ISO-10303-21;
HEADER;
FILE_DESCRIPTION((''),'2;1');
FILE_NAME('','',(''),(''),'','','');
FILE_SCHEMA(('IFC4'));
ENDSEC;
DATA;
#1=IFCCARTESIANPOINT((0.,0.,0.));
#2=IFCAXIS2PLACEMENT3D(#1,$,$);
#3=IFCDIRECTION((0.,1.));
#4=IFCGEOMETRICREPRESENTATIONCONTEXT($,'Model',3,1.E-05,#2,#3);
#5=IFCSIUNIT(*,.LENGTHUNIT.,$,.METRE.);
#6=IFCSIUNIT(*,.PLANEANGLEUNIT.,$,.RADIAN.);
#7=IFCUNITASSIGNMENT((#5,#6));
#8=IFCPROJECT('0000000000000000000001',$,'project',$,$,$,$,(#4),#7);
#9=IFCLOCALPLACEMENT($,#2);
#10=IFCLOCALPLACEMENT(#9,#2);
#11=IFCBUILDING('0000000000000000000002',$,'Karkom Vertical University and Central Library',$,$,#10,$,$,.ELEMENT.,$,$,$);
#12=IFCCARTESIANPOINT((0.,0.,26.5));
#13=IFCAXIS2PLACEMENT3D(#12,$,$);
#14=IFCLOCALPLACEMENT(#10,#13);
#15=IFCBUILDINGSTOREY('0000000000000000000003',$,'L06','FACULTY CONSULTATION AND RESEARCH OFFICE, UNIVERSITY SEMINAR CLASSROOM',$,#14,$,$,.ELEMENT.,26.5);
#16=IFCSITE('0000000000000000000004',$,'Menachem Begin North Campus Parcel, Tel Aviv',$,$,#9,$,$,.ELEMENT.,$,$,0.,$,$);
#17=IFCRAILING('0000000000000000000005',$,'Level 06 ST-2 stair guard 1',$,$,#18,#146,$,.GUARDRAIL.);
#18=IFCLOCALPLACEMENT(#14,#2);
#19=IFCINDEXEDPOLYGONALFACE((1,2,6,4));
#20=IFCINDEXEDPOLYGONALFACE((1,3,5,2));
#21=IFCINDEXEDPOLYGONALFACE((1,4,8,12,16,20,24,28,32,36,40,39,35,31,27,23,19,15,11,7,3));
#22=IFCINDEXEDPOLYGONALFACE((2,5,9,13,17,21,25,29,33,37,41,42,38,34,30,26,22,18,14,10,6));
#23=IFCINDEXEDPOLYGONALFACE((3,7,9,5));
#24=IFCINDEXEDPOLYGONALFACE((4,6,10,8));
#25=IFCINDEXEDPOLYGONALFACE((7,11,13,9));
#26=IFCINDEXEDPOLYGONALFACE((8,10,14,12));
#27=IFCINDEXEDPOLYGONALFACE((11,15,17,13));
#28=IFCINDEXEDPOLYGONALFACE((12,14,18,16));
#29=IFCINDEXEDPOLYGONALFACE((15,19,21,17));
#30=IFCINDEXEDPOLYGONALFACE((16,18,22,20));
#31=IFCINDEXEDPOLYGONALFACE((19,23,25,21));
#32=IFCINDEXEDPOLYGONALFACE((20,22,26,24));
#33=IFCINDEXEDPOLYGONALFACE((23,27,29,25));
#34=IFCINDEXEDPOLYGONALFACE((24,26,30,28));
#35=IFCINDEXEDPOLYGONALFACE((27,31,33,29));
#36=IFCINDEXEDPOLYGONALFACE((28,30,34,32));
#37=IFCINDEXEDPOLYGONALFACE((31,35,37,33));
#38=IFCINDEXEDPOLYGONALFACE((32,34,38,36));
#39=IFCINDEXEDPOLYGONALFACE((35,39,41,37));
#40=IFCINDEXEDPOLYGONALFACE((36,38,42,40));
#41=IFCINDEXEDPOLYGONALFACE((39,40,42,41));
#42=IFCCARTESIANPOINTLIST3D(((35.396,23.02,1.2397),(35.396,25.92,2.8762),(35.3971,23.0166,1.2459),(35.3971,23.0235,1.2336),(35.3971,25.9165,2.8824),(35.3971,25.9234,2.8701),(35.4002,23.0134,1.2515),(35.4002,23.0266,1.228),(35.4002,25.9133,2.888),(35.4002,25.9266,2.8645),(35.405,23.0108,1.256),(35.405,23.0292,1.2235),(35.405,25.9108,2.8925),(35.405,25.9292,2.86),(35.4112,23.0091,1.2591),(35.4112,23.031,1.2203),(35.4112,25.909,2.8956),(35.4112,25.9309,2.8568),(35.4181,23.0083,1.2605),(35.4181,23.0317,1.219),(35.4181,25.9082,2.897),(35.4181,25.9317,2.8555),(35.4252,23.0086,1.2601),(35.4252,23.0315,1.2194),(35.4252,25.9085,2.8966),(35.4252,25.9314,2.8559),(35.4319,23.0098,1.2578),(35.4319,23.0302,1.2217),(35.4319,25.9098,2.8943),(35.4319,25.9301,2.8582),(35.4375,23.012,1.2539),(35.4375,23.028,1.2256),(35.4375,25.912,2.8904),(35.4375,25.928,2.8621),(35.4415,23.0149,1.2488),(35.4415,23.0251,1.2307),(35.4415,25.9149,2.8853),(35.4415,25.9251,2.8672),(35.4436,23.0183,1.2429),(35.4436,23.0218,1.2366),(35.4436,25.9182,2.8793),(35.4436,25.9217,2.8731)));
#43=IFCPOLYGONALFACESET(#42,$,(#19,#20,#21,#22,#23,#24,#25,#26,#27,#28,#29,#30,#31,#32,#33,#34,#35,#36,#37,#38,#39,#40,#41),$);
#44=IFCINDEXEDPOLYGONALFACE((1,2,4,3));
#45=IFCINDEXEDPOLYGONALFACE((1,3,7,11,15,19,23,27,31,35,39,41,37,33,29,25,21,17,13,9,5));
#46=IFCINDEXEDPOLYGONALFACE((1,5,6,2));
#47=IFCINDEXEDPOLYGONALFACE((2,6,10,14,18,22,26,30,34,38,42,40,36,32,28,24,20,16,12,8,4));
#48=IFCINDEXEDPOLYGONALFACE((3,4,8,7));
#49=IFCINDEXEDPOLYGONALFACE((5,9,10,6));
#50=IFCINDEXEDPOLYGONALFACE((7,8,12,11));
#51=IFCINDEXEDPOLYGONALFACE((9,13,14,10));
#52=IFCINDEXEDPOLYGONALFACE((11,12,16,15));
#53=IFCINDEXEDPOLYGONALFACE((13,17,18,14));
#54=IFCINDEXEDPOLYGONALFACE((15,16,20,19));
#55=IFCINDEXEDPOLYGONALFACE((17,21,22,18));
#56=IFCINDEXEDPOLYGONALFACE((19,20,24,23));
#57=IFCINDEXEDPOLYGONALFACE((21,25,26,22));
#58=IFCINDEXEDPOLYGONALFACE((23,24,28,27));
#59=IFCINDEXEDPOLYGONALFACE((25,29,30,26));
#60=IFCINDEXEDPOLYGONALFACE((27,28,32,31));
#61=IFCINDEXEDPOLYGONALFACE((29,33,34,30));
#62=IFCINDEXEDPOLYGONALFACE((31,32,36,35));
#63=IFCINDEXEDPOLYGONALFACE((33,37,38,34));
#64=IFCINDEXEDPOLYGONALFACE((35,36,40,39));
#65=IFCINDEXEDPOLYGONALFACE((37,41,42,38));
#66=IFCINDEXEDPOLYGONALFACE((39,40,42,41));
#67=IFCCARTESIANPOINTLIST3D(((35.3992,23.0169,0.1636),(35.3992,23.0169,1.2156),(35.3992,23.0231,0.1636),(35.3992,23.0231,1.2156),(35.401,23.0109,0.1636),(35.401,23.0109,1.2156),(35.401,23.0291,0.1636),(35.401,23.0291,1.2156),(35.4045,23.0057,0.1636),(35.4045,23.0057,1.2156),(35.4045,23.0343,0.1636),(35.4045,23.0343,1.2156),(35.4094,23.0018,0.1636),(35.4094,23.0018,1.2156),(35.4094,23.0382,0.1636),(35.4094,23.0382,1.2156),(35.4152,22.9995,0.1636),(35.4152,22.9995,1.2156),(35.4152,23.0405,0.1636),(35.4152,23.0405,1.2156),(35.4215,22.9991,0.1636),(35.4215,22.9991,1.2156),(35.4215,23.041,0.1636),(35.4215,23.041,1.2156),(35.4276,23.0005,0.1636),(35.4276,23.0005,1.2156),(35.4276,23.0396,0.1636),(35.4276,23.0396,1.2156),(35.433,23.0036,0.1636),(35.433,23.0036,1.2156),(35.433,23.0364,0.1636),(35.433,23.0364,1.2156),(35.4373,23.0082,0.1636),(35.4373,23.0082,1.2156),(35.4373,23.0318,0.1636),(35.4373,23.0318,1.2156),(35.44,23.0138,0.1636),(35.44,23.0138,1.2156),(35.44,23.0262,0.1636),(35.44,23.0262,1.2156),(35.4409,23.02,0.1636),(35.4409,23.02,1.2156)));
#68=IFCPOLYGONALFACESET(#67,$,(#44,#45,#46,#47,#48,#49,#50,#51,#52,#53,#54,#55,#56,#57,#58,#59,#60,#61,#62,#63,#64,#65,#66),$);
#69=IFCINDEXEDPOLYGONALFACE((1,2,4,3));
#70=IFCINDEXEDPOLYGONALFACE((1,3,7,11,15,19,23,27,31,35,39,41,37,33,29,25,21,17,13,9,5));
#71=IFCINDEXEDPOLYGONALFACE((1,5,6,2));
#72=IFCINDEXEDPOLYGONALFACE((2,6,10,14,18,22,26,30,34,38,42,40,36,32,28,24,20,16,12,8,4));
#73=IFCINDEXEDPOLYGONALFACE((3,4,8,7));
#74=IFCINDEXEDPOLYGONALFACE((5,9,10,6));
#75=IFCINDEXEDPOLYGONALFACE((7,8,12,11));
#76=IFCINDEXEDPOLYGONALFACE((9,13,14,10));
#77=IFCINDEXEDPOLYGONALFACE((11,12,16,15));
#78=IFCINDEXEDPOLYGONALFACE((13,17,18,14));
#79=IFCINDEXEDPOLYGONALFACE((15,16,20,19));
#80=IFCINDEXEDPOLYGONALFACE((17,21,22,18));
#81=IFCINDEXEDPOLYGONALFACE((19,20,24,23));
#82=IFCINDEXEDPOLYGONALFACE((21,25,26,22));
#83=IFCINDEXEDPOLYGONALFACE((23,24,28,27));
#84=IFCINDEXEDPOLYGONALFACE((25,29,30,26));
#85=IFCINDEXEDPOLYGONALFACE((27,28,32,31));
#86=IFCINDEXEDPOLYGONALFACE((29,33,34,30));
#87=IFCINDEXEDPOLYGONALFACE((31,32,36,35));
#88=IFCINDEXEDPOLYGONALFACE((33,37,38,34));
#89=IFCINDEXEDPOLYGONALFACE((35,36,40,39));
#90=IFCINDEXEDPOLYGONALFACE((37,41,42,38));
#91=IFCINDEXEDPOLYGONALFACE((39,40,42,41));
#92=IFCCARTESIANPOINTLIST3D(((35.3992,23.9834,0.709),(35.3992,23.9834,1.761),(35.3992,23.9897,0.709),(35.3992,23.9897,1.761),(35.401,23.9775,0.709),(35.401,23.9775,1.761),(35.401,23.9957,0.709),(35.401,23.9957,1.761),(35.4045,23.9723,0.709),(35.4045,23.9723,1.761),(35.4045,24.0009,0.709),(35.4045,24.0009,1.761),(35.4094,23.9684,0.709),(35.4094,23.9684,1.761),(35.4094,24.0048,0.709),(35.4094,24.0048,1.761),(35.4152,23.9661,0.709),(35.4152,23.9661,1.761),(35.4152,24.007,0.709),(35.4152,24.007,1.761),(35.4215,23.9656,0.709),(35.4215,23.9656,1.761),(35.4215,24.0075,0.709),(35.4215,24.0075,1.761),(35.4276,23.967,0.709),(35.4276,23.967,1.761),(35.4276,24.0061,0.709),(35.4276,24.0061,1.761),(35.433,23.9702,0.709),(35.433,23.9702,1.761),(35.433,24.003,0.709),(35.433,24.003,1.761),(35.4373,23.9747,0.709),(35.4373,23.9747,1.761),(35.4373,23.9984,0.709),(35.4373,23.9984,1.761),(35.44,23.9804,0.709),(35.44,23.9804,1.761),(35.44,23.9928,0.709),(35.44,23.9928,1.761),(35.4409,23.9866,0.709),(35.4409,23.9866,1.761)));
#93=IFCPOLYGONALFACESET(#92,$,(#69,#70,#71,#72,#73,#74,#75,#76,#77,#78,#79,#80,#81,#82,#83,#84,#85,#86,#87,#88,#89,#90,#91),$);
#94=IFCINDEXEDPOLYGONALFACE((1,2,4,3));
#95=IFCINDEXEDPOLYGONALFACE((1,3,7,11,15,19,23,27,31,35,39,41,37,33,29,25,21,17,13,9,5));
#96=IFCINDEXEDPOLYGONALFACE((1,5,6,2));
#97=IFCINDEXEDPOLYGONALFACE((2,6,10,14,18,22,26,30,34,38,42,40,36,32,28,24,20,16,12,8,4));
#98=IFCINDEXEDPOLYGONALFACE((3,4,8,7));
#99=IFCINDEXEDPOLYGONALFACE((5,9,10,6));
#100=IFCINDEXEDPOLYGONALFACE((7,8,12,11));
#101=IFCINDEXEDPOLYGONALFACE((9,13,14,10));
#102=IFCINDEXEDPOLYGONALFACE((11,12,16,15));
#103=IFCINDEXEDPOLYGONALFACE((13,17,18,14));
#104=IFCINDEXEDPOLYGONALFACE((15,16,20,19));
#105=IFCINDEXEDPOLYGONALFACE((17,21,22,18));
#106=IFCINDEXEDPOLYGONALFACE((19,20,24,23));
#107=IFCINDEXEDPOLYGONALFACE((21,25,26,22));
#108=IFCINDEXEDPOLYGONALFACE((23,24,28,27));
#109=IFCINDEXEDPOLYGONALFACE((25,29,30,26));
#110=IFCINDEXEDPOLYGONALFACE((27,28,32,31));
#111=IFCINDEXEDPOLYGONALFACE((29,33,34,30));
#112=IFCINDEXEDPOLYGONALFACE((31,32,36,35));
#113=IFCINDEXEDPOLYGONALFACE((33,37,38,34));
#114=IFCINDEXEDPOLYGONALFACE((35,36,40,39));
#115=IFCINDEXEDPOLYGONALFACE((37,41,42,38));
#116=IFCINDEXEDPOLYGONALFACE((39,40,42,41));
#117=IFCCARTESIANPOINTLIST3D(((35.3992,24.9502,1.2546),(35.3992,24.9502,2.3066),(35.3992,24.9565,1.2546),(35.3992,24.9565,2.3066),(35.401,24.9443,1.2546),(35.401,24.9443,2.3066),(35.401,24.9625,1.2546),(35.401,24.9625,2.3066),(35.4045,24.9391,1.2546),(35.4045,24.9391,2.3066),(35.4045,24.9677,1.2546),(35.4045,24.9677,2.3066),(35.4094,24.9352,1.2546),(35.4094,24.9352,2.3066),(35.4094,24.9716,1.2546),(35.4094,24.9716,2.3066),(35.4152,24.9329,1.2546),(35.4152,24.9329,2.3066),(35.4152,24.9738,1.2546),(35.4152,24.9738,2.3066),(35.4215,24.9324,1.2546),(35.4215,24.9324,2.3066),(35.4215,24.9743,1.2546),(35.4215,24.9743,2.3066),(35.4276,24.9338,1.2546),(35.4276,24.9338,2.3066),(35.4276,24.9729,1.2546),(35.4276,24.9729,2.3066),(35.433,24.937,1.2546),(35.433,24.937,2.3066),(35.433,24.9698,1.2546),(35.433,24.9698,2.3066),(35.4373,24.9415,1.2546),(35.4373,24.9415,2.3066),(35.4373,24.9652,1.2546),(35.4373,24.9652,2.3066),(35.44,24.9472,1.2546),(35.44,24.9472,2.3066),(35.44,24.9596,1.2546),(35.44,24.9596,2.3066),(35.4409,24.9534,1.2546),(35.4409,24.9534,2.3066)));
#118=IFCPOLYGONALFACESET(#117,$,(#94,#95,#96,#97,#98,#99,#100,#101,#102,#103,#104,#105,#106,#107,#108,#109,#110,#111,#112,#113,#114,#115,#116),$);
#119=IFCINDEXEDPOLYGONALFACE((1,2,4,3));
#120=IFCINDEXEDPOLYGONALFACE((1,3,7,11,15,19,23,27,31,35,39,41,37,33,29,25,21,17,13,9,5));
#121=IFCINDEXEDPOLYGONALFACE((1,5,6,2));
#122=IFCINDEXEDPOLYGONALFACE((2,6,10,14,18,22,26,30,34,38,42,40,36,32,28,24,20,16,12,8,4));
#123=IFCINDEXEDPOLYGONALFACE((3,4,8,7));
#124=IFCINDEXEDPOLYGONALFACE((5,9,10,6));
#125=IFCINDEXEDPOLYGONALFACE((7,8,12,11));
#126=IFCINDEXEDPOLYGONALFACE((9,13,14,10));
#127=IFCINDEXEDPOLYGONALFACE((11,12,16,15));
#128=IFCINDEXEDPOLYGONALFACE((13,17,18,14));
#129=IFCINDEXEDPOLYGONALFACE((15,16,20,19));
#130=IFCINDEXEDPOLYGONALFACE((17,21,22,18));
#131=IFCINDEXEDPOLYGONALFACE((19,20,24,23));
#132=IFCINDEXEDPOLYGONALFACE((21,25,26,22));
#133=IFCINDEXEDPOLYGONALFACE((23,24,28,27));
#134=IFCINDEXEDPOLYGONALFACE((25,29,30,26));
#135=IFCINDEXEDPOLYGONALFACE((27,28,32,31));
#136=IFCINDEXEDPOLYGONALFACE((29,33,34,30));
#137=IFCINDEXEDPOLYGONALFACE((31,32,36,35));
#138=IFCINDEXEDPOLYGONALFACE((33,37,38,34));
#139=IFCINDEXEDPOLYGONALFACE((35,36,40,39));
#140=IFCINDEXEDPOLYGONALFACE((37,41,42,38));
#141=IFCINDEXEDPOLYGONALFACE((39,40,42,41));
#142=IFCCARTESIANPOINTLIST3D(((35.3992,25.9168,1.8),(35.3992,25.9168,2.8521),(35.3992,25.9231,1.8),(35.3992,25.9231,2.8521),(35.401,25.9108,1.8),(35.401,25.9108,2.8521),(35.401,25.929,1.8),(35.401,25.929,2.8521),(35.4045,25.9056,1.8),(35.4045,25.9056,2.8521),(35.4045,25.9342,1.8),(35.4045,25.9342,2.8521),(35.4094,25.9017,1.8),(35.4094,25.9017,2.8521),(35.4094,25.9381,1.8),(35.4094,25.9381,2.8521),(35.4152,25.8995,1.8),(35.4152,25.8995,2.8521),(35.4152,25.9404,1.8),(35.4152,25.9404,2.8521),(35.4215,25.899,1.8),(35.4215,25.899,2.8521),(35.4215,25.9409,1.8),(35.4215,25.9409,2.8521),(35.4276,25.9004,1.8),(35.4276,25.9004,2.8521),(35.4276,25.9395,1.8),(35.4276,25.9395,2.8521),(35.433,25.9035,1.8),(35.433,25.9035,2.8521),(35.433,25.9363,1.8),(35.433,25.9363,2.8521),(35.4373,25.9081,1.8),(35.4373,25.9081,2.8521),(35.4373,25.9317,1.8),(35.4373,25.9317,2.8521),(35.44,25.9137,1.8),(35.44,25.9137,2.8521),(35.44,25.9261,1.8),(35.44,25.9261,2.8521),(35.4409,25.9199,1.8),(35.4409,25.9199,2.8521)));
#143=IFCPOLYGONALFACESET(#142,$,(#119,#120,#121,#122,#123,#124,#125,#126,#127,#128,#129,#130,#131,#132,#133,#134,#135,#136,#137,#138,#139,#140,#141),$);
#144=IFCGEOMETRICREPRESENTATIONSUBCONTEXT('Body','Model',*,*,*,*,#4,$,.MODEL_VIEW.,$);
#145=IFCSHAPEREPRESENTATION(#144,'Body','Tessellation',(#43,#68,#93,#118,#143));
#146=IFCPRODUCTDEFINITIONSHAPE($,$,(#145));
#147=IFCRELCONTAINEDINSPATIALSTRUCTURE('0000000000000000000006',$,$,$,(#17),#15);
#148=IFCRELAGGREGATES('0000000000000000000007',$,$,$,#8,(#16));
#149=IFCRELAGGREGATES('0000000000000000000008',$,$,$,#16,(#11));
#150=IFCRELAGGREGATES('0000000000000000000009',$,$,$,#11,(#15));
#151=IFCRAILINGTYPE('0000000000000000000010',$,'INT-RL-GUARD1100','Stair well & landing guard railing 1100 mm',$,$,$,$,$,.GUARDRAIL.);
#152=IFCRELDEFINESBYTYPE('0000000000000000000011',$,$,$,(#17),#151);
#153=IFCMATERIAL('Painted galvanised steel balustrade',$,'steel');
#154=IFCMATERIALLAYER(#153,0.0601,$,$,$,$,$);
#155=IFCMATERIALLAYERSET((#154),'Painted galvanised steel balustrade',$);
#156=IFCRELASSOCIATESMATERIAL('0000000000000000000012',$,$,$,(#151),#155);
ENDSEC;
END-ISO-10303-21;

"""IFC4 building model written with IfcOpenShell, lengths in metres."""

from ifc_helpers import new_model, si_unit, direction, frame, origin, origin_2d, place, context, subcontext, project, spatial, circle, extrude, material, layer, layer_set, type_object, element, save


model = new_model("IFC4")

# Units and contexts
model_context = context("Model", 3, precision=1e-05, world=origin(), true_north=direction((0.0, 1.0)))
body_context = subcontext(model_context, "Body", "Model", "MODEL_VIEW")
ifc_project = project(units=[si_unit("LENGTHUNIT", "METRE"), si_unit("PLANEANGLEUNIT", "RADIAN")], contexts=[model_context])

# Site, building, storey
site_placement = place(None, origin())
site = spatial("IfcSite", under=ifc_project, at=site_placement, Name="Menachem Begin North Campus Parcel, Tel Aviv", CompositionType="ELEMENT", RefElevation=0.0)
building_placement = place(site_placement, origin())
building = spatial("IfcBuilding", under=site, at=building_placement, Name="Karkom Vertical University and Central Library", CompositionType="ELEMENT")
storey_placement = place(building_placement, frame((0.0, 0.0, 26.5)))
storey = spatial("IfcBuildingStorey", under=building, at=storey_placement, Name="L06", Description="FACULTY CONSULTATION AND RESEARCH OFFICE, UNIVERSITY SEMINAR CLASSROOM", CompositionType="ELEMENT", Elevation=26.5)

# Railing
ifc_material_1 = material(Name="Painted galvanised steel balustrade", Category="steel")
ifc_layer_1 = layer(ifc_material_1, 0.0601)
ifc_layer_set_1 = layer_set([ifc_layer_1], Name="Painted galvanised steel balustrade")
railing_type_1 = type_object("IfcRailingType", Name="INT-RL-GUARD1100", Description="Stair well & landing guard railing 1100 mm", PredefinedType="GUARDRAIL", material=ifc_layer_set_1)
railing_1_placement = place(storey_placement, frame((35.4199, 23.02, 0.1636)))
element("IfcRailing", 1, at=railing_1_placement, inside=storey, type_object=railing_type_1, Name="Level 06 ST-2 stair guard 1", PredefinedType="GUARDRAIL", context=body_context, shape_type="SweptSolid", body=[
    extrude(circle(Radius=0.0239, at=origin_2d()), frame((0.0, 0.0, 1.0762), z_axis=(0.0, 0.870897, 0.491465), x_axis=(-1.0, 0.0, 0.0)), (0.0, 0.0, 1.0), 3.3298),
    extrude(circle(Radius=0.021, at=origin_2d()), origin(), (0.0, 0.0, 1.0), 1.052),
    extrude(circle(Radius=0.021, at=origin_2d()), frame((0.0, 0.9666, 0.5454)), (0.0, 0.0, 1.0), 1.052),
    extrude(circle(Radius=0.021, at=origin_2d()), frame((0.0, 1.9333, 1.0911)), (0.0, 0.0, 1.0), 1.052),
    extrude(circle(Radius=0.021, at=origin_2d()), frame((0.0, 2.8999, 1.6365)), (0.0, 0.0, 1.0), 1.052),
])

save(model, "model.ifc")
